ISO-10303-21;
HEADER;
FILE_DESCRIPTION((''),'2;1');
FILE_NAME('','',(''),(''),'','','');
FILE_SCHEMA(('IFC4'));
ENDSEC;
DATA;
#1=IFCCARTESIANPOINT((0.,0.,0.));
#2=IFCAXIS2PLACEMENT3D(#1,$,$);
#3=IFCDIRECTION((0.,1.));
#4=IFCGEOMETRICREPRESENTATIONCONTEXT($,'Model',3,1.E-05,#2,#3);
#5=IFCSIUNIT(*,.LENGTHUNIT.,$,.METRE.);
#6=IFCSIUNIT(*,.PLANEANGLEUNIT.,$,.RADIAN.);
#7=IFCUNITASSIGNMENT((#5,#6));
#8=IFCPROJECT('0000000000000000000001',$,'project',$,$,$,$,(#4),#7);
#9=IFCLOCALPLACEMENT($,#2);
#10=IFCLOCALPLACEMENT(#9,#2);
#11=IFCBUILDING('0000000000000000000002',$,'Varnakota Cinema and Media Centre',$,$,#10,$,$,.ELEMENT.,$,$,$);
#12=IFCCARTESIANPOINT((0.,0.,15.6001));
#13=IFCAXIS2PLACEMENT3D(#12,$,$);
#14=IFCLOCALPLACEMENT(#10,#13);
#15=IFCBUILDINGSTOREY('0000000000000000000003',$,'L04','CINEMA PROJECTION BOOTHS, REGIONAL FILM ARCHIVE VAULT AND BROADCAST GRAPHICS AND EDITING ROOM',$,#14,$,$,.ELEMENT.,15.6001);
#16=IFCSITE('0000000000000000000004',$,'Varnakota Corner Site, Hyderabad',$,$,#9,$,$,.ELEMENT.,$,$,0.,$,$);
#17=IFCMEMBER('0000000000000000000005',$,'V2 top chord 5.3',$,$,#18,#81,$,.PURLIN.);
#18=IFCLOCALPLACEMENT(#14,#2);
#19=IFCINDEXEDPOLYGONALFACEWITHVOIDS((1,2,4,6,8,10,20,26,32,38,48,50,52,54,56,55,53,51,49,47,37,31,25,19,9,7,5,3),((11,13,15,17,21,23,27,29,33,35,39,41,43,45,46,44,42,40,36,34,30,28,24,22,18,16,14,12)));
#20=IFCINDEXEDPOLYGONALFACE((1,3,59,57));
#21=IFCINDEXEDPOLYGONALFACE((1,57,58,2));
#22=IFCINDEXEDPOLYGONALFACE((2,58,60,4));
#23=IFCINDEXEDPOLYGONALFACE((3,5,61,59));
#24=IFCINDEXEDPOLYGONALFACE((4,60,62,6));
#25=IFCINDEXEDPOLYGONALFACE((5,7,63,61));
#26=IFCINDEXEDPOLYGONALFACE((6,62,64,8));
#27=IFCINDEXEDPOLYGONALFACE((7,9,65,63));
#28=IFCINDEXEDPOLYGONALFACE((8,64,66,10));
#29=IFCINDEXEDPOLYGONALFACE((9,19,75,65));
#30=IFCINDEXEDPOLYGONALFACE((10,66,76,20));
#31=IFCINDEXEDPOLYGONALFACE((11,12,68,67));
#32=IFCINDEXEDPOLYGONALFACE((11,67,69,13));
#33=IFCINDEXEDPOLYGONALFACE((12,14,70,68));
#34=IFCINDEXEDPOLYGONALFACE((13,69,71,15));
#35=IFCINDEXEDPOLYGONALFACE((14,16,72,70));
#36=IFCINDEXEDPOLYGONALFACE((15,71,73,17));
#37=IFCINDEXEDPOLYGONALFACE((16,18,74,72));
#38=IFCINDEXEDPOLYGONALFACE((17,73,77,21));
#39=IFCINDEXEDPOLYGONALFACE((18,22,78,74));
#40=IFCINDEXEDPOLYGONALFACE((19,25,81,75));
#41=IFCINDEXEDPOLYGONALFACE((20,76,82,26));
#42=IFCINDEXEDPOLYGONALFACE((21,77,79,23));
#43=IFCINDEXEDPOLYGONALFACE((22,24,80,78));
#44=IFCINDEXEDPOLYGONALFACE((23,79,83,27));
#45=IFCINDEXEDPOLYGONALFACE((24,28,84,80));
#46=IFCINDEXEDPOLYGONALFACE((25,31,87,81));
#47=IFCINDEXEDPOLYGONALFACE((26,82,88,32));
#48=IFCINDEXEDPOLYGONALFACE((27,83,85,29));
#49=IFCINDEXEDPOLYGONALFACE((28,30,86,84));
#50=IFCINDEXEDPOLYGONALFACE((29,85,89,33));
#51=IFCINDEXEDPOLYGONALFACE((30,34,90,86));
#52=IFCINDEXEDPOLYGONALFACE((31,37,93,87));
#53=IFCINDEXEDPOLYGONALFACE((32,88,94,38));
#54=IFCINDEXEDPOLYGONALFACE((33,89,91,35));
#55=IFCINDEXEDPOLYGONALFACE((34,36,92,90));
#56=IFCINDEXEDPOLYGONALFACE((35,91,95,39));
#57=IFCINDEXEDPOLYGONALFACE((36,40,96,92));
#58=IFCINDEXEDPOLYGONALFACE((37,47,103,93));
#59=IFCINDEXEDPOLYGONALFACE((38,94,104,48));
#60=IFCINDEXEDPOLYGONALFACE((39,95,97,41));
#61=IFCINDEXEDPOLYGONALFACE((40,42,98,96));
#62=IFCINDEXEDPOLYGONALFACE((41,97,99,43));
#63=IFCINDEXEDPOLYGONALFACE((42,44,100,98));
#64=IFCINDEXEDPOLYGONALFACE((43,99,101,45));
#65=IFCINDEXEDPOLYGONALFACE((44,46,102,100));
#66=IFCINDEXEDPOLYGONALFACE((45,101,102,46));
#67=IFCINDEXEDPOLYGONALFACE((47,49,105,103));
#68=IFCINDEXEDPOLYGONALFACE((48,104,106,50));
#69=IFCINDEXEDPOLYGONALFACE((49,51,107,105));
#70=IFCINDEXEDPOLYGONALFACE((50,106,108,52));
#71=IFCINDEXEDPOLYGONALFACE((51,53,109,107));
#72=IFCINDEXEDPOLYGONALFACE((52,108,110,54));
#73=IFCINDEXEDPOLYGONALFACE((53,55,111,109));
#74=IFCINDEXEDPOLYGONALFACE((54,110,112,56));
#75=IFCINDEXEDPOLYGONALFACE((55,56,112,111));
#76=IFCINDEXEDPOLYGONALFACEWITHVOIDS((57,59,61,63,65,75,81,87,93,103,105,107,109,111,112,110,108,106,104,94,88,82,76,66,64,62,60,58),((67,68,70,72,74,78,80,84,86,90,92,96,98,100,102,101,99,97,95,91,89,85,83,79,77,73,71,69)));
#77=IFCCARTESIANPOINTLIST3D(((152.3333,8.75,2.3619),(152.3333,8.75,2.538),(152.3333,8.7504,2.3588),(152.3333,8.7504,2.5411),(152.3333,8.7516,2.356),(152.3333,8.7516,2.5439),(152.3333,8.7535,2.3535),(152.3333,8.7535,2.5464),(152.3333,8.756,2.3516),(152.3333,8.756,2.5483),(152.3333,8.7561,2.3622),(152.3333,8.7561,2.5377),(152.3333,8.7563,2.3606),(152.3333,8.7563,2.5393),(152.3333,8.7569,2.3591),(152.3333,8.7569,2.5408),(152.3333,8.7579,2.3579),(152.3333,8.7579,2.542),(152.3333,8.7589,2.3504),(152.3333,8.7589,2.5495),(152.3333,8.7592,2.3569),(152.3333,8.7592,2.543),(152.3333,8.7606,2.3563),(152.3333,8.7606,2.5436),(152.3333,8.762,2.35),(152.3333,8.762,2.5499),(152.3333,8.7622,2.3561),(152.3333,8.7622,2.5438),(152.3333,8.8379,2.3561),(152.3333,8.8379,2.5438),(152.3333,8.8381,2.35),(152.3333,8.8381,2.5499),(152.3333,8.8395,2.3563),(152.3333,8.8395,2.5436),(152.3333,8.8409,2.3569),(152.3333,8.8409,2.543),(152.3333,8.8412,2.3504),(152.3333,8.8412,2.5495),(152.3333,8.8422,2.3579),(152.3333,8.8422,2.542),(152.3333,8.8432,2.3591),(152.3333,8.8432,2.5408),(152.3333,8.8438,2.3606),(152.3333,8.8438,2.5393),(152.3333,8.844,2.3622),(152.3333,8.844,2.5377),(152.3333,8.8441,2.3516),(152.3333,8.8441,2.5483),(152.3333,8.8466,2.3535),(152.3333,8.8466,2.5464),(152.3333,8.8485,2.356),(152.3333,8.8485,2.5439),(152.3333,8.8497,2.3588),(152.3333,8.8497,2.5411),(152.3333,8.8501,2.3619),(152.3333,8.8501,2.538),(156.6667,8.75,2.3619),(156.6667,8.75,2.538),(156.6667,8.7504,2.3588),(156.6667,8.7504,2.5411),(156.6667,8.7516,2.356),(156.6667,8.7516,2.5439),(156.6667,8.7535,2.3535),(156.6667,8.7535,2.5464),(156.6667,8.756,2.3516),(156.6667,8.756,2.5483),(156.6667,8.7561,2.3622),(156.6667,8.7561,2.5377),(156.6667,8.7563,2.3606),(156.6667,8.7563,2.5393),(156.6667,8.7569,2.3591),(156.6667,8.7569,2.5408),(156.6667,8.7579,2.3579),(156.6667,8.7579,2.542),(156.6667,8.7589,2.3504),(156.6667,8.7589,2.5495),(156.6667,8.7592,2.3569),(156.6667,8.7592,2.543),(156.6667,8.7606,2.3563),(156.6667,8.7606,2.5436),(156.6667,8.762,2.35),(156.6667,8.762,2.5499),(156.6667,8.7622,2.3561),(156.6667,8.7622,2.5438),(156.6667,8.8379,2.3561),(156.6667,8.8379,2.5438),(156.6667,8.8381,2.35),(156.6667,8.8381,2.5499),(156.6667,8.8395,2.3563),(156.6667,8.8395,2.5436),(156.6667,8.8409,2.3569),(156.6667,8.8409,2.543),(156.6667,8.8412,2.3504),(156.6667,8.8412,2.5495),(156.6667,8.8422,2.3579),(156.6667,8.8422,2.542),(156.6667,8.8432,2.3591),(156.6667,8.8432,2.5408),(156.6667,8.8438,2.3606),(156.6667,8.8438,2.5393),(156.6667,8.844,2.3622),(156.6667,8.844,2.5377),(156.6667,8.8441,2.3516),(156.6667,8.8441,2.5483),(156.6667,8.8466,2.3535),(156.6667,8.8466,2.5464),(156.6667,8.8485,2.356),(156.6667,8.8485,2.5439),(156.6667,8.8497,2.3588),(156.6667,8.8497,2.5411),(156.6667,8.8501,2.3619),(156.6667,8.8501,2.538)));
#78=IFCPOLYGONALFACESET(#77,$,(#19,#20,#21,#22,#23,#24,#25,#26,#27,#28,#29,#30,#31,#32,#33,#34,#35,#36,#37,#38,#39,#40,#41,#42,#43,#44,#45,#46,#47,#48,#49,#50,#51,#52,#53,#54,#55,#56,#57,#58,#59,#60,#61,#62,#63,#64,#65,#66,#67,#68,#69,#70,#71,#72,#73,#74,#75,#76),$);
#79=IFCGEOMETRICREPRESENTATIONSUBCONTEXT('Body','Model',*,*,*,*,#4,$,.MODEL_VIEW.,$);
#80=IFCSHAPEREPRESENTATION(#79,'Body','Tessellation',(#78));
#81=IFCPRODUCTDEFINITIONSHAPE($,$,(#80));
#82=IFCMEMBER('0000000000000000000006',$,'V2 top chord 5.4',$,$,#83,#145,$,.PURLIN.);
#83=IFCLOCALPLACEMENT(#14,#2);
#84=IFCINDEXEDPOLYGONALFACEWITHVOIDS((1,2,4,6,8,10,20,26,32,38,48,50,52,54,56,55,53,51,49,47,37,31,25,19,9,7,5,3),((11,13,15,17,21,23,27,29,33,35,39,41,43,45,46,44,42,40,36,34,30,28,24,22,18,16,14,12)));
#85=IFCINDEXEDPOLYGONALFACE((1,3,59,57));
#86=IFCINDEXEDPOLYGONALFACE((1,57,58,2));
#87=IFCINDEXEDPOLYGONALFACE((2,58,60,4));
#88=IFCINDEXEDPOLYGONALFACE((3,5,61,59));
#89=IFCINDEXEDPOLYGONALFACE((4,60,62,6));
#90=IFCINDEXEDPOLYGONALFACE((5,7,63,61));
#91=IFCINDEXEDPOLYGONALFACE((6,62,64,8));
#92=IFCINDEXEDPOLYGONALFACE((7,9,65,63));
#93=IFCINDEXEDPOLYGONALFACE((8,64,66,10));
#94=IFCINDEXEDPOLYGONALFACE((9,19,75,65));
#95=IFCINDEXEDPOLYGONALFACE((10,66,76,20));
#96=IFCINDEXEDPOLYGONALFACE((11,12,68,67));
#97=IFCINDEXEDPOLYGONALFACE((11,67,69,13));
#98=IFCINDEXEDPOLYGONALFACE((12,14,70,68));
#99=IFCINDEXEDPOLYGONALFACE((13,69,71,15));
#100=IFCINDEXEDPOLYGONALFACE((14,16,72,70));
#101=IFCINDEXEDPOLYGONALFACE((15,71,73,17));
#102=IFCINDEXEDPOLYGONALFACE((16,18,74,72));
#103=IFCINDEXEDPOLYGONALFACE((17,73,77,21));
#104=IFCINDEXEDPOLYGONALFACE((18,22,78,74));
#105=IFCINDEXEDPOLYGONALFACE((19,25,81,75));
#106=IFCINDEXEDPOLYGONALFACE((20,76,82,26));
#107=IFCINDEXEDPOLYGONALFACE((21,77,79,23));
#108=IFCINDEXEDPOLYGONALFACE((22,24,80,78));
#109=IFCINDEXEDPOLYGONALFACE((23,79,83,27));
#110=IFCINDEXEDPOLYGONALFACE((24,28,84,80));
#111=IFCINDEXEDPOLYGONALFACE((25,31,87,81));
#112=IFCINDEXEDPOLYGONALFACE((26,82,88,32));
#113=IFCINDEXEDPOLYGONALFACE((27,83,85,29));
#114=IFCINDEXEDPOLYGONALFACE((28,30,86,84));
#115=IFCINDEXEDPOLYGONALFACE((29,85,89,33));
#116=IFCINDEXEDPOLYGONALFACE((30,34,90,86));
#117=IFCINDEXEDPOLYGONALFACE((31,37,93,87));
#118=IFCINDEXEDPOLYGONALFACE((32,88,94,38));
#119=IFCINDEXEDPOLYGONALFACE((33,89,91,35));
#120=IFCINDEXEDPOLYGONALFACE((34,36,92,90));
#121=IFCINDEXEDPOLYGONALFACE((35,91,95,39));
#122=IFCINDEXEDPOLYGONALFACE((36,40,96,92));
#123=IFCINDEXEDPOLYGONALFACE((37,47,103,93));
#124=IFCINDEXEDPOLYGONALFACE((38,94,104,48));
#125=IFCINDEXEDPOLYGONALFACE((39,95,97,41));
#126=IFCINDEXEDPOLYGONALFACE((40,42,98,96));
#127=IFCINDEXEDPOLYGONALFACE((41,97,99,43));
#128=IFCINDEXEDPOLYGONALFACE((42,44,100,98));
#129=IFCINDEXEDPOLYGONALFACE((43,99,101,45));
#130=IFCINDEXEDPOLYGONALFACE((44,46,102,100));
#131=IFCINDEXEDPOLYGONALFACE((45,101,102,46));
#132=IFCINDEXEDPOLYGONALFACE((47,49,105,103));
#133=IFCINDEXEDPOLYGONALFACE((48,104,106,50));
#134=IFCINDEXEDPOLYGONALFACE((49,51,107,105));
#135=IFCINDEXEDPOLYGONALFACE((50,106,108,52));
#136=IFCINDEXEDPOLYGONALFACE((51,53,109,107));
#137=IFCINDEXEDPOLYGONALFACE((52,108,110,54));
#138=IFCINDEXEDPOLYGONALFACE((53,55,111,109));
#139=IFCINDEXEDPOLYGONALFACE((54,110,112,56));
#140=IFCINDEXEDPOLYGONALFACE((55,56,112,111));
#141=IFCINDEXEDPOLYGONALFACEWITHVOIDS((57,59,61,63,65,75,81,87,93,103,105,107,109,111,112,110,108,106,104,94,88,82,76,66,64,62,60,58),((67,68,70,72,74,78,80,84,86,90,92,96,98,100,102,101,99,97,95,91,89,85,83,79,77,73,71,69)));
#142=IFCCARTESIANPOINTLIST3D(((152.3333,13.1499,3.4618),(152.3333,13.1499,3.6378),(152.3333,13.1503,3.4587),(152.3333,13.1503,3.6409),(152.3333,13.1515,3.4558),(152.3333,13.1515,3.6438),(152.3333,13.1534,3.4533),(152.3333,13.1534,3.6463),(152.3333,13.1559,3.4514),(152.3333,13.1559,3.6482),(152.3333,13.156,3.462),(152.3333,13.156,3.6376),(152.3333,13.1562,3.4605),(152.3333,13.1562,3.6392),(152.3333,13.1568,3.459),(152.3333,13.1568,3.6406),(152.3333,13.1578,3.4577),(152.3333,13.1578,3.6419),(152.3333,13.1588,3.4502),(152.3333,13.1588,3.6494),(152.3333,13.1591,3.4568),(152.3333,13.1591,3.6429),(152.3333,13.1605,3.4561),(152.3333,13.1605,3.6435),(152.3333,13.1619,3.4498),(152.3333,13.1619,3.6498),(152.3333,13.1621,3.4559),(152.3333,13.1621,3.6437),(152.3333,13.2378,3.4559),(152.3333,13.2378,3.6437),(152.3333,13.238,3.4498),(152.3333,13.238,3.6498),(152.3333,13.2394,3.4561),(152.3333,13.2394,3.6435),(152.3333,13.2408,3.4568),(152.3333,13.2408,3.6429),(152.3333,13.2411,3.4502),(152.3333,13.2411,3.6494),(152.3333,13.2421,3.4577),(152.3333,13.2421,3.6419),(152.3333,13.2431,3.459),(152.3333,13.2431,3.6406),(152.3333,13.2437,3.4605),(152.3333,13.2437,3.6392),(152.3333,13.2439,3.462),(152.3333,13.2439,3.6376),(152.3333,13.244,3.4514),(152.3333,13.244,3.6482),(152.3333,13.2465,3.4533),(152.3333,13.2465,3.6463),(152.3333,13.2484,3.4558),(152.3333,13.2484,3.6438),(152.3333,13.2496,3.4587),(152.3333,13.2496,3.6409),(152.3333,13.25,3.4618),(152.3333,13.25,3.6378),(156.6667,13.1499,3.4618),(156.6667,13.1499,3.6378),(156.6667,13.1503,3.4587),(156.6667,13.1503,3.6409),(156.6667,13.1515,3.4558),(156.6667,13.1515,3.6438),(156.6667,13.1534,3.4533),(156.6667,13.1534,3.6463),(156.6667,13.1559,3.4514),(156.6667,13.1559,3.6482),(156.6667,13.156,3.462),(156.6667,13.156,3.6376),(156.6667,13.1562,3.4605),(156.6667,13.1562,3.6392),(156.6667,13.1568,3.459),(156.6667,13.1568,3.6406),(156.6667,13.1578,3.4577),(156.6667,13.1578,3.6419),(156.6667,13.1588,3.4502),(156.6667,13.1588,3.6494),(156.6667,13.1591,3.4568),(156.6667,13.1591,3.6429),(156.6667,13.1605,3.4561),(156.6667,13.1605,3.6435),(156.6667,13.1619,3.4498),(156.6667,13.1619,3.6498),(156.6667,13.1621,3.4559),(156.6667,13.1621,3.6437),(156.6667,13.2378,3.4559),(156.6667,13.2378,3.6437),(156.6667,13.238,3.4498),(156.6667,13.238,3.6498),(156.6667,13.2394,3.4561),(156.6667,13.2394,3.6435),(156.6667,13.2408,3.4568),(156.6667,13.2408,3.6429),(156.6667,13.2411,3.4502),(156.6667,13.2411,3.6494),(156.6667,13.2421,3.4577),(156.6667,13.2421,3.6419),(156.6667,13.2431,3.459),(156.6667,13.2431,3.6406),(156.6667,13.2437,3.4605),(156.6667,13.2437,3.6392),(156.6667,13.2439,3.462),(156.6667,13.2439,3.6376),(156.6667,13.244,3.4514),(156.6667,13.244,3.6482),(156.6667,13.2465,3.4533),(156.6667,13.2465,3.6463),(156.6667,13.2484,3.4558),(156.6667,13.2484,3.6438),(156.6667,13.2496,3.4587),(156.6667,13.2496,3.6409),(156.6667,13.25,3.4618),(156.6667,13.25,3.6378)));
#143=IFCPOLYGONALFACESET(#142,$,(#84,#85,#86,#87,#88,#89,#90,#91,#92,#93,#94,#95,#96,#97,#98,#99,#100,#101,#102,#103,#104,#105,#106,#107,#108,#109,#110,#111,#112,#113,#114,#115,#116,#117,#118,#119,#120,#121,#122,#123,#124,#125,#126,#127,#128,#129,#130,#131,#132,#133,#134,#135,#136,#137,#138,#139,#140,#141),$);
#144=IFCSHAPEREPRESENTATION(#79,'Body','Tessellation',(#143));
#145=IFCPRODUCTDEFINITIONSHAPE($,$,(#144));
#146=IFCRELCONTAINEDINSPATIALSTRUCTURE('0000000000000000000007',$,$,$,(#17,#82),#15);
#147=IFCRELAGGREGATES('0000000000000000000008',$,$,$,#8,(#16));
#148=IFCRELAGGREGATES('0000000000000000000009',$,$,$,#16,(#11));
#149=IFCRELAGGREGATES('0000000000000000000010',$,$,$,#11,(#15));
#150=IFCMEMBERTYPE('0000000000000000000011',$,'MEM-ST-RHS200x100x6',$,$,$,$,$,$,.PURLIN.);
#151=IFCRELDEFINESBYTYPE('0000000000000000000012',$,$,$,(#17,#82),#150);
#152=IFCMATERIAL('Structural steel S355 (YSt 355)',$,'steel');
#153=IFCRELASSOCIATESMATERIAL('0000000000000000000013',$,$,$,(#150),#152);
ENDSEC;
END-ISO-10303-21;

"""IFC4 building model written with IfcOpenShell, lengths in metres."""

from ifc_helpers import new_model, si_unit, direction, frame, origin, origin_2d, place, context, subcontext, project, spatial, hollow_rectangle, extrude, material, material_profile, profile_set, type_object, element, save


model = new_model("IFC4")

# Units and contexts
model_context = context("Model", 3, precision=1e-05, world=origin(), true_north=direction((0.0, 1.0)))
body_context = subcontext(model_context, "Body", "Model", "MODEL_VIEW")
ifc_project = project(units=[si_unit("LENGTHUNIT", "METRE"), si_unit("PLANEANGLEUNIT", "RADIAN")], contexts=[model_context])

# Site, building, storey
site_placement = place(None, origin())
site = spatial("IfcSite", under=ifc_project, at=site_placement, Name="Varnakota Corner Site, Hyderabad", CompositionType="ELEMENT", RefElevation=0.0)
building_placement = place(site_placement, origin())
building = spatial("IfcBuilding", under=site, at=building_placement, Name="Varnakota Cinema and Media Centre", CompositionType="ELEMENT")
storey_placement = place(building_placement, frame((0.0, 0.0, 15.6001)))
storey = spatial("IfcBuildingStorey", under=building, at=storey_placement, Name="L04", Description="CINEMA PROJECTION BOOTHS, REGIONAL FILM ARCHIVE VAULT AND BROADCAST GRAPHICS AND EDITING ROOM", CompositionType="ELEMENT", Elevation=15.6001)

# Members
ifc_material_1 = material(Name="Structural steel S355 (YSt 355)", Category="steel")
ifc_material_profile_1 = material_profile(ifc_material_1, hollow_rectangle(XDim=0.1001, YDim=0.2, WallThickness=0.0061, InnerFilletRadius=0.0061, OuterFilletRadius=0.012, at=origin_2d()), Name="RHS 200x100x6")
ifc_profile_set_1 = profile_set([ifc_material_profile_1], Name="Structural steel S355 (YSt 355)")
member_type_1 = type_object("IfcMemberType", Name="MEM-ST-RHS200x100x6", PredefinedType="PURLIN", material=ifc_profile_set_1)
for number, where, z_axis, x_axis, name in (
    (1, (152.3333, 8.8, 2.45), (1.0, 0.0, 0.0), (0.0, 1.0, 0.0), "V2 top chord 5.3"),
    (2, (152.3333, 13.2, 3.5498), (1.0, 0.0, 0.0), (0.0, 1.0, 0.0), "V2 top chord 5.4"),
):
    element("IfcMember", number, at=place(storey_placement, frame(where, z_axis=z_axis, x_axis=x_axis)), inside=storey, type_object=member_type_1, Name=name, PredefinedType="PURLIN", context=body_context, shape_type="SweptSolid", body=[
        extrude(hollow_rectangle(XDim=0.1001, YDim=0.2, WallThickness=0.0061, InnerFilletRadius=0.0061, OuterFilletRadius=0.012, at=origin_2d()), origin(), (0.0, 0.0, 1.0), 4.3335),
    ])

save(model, "model.ifc")
